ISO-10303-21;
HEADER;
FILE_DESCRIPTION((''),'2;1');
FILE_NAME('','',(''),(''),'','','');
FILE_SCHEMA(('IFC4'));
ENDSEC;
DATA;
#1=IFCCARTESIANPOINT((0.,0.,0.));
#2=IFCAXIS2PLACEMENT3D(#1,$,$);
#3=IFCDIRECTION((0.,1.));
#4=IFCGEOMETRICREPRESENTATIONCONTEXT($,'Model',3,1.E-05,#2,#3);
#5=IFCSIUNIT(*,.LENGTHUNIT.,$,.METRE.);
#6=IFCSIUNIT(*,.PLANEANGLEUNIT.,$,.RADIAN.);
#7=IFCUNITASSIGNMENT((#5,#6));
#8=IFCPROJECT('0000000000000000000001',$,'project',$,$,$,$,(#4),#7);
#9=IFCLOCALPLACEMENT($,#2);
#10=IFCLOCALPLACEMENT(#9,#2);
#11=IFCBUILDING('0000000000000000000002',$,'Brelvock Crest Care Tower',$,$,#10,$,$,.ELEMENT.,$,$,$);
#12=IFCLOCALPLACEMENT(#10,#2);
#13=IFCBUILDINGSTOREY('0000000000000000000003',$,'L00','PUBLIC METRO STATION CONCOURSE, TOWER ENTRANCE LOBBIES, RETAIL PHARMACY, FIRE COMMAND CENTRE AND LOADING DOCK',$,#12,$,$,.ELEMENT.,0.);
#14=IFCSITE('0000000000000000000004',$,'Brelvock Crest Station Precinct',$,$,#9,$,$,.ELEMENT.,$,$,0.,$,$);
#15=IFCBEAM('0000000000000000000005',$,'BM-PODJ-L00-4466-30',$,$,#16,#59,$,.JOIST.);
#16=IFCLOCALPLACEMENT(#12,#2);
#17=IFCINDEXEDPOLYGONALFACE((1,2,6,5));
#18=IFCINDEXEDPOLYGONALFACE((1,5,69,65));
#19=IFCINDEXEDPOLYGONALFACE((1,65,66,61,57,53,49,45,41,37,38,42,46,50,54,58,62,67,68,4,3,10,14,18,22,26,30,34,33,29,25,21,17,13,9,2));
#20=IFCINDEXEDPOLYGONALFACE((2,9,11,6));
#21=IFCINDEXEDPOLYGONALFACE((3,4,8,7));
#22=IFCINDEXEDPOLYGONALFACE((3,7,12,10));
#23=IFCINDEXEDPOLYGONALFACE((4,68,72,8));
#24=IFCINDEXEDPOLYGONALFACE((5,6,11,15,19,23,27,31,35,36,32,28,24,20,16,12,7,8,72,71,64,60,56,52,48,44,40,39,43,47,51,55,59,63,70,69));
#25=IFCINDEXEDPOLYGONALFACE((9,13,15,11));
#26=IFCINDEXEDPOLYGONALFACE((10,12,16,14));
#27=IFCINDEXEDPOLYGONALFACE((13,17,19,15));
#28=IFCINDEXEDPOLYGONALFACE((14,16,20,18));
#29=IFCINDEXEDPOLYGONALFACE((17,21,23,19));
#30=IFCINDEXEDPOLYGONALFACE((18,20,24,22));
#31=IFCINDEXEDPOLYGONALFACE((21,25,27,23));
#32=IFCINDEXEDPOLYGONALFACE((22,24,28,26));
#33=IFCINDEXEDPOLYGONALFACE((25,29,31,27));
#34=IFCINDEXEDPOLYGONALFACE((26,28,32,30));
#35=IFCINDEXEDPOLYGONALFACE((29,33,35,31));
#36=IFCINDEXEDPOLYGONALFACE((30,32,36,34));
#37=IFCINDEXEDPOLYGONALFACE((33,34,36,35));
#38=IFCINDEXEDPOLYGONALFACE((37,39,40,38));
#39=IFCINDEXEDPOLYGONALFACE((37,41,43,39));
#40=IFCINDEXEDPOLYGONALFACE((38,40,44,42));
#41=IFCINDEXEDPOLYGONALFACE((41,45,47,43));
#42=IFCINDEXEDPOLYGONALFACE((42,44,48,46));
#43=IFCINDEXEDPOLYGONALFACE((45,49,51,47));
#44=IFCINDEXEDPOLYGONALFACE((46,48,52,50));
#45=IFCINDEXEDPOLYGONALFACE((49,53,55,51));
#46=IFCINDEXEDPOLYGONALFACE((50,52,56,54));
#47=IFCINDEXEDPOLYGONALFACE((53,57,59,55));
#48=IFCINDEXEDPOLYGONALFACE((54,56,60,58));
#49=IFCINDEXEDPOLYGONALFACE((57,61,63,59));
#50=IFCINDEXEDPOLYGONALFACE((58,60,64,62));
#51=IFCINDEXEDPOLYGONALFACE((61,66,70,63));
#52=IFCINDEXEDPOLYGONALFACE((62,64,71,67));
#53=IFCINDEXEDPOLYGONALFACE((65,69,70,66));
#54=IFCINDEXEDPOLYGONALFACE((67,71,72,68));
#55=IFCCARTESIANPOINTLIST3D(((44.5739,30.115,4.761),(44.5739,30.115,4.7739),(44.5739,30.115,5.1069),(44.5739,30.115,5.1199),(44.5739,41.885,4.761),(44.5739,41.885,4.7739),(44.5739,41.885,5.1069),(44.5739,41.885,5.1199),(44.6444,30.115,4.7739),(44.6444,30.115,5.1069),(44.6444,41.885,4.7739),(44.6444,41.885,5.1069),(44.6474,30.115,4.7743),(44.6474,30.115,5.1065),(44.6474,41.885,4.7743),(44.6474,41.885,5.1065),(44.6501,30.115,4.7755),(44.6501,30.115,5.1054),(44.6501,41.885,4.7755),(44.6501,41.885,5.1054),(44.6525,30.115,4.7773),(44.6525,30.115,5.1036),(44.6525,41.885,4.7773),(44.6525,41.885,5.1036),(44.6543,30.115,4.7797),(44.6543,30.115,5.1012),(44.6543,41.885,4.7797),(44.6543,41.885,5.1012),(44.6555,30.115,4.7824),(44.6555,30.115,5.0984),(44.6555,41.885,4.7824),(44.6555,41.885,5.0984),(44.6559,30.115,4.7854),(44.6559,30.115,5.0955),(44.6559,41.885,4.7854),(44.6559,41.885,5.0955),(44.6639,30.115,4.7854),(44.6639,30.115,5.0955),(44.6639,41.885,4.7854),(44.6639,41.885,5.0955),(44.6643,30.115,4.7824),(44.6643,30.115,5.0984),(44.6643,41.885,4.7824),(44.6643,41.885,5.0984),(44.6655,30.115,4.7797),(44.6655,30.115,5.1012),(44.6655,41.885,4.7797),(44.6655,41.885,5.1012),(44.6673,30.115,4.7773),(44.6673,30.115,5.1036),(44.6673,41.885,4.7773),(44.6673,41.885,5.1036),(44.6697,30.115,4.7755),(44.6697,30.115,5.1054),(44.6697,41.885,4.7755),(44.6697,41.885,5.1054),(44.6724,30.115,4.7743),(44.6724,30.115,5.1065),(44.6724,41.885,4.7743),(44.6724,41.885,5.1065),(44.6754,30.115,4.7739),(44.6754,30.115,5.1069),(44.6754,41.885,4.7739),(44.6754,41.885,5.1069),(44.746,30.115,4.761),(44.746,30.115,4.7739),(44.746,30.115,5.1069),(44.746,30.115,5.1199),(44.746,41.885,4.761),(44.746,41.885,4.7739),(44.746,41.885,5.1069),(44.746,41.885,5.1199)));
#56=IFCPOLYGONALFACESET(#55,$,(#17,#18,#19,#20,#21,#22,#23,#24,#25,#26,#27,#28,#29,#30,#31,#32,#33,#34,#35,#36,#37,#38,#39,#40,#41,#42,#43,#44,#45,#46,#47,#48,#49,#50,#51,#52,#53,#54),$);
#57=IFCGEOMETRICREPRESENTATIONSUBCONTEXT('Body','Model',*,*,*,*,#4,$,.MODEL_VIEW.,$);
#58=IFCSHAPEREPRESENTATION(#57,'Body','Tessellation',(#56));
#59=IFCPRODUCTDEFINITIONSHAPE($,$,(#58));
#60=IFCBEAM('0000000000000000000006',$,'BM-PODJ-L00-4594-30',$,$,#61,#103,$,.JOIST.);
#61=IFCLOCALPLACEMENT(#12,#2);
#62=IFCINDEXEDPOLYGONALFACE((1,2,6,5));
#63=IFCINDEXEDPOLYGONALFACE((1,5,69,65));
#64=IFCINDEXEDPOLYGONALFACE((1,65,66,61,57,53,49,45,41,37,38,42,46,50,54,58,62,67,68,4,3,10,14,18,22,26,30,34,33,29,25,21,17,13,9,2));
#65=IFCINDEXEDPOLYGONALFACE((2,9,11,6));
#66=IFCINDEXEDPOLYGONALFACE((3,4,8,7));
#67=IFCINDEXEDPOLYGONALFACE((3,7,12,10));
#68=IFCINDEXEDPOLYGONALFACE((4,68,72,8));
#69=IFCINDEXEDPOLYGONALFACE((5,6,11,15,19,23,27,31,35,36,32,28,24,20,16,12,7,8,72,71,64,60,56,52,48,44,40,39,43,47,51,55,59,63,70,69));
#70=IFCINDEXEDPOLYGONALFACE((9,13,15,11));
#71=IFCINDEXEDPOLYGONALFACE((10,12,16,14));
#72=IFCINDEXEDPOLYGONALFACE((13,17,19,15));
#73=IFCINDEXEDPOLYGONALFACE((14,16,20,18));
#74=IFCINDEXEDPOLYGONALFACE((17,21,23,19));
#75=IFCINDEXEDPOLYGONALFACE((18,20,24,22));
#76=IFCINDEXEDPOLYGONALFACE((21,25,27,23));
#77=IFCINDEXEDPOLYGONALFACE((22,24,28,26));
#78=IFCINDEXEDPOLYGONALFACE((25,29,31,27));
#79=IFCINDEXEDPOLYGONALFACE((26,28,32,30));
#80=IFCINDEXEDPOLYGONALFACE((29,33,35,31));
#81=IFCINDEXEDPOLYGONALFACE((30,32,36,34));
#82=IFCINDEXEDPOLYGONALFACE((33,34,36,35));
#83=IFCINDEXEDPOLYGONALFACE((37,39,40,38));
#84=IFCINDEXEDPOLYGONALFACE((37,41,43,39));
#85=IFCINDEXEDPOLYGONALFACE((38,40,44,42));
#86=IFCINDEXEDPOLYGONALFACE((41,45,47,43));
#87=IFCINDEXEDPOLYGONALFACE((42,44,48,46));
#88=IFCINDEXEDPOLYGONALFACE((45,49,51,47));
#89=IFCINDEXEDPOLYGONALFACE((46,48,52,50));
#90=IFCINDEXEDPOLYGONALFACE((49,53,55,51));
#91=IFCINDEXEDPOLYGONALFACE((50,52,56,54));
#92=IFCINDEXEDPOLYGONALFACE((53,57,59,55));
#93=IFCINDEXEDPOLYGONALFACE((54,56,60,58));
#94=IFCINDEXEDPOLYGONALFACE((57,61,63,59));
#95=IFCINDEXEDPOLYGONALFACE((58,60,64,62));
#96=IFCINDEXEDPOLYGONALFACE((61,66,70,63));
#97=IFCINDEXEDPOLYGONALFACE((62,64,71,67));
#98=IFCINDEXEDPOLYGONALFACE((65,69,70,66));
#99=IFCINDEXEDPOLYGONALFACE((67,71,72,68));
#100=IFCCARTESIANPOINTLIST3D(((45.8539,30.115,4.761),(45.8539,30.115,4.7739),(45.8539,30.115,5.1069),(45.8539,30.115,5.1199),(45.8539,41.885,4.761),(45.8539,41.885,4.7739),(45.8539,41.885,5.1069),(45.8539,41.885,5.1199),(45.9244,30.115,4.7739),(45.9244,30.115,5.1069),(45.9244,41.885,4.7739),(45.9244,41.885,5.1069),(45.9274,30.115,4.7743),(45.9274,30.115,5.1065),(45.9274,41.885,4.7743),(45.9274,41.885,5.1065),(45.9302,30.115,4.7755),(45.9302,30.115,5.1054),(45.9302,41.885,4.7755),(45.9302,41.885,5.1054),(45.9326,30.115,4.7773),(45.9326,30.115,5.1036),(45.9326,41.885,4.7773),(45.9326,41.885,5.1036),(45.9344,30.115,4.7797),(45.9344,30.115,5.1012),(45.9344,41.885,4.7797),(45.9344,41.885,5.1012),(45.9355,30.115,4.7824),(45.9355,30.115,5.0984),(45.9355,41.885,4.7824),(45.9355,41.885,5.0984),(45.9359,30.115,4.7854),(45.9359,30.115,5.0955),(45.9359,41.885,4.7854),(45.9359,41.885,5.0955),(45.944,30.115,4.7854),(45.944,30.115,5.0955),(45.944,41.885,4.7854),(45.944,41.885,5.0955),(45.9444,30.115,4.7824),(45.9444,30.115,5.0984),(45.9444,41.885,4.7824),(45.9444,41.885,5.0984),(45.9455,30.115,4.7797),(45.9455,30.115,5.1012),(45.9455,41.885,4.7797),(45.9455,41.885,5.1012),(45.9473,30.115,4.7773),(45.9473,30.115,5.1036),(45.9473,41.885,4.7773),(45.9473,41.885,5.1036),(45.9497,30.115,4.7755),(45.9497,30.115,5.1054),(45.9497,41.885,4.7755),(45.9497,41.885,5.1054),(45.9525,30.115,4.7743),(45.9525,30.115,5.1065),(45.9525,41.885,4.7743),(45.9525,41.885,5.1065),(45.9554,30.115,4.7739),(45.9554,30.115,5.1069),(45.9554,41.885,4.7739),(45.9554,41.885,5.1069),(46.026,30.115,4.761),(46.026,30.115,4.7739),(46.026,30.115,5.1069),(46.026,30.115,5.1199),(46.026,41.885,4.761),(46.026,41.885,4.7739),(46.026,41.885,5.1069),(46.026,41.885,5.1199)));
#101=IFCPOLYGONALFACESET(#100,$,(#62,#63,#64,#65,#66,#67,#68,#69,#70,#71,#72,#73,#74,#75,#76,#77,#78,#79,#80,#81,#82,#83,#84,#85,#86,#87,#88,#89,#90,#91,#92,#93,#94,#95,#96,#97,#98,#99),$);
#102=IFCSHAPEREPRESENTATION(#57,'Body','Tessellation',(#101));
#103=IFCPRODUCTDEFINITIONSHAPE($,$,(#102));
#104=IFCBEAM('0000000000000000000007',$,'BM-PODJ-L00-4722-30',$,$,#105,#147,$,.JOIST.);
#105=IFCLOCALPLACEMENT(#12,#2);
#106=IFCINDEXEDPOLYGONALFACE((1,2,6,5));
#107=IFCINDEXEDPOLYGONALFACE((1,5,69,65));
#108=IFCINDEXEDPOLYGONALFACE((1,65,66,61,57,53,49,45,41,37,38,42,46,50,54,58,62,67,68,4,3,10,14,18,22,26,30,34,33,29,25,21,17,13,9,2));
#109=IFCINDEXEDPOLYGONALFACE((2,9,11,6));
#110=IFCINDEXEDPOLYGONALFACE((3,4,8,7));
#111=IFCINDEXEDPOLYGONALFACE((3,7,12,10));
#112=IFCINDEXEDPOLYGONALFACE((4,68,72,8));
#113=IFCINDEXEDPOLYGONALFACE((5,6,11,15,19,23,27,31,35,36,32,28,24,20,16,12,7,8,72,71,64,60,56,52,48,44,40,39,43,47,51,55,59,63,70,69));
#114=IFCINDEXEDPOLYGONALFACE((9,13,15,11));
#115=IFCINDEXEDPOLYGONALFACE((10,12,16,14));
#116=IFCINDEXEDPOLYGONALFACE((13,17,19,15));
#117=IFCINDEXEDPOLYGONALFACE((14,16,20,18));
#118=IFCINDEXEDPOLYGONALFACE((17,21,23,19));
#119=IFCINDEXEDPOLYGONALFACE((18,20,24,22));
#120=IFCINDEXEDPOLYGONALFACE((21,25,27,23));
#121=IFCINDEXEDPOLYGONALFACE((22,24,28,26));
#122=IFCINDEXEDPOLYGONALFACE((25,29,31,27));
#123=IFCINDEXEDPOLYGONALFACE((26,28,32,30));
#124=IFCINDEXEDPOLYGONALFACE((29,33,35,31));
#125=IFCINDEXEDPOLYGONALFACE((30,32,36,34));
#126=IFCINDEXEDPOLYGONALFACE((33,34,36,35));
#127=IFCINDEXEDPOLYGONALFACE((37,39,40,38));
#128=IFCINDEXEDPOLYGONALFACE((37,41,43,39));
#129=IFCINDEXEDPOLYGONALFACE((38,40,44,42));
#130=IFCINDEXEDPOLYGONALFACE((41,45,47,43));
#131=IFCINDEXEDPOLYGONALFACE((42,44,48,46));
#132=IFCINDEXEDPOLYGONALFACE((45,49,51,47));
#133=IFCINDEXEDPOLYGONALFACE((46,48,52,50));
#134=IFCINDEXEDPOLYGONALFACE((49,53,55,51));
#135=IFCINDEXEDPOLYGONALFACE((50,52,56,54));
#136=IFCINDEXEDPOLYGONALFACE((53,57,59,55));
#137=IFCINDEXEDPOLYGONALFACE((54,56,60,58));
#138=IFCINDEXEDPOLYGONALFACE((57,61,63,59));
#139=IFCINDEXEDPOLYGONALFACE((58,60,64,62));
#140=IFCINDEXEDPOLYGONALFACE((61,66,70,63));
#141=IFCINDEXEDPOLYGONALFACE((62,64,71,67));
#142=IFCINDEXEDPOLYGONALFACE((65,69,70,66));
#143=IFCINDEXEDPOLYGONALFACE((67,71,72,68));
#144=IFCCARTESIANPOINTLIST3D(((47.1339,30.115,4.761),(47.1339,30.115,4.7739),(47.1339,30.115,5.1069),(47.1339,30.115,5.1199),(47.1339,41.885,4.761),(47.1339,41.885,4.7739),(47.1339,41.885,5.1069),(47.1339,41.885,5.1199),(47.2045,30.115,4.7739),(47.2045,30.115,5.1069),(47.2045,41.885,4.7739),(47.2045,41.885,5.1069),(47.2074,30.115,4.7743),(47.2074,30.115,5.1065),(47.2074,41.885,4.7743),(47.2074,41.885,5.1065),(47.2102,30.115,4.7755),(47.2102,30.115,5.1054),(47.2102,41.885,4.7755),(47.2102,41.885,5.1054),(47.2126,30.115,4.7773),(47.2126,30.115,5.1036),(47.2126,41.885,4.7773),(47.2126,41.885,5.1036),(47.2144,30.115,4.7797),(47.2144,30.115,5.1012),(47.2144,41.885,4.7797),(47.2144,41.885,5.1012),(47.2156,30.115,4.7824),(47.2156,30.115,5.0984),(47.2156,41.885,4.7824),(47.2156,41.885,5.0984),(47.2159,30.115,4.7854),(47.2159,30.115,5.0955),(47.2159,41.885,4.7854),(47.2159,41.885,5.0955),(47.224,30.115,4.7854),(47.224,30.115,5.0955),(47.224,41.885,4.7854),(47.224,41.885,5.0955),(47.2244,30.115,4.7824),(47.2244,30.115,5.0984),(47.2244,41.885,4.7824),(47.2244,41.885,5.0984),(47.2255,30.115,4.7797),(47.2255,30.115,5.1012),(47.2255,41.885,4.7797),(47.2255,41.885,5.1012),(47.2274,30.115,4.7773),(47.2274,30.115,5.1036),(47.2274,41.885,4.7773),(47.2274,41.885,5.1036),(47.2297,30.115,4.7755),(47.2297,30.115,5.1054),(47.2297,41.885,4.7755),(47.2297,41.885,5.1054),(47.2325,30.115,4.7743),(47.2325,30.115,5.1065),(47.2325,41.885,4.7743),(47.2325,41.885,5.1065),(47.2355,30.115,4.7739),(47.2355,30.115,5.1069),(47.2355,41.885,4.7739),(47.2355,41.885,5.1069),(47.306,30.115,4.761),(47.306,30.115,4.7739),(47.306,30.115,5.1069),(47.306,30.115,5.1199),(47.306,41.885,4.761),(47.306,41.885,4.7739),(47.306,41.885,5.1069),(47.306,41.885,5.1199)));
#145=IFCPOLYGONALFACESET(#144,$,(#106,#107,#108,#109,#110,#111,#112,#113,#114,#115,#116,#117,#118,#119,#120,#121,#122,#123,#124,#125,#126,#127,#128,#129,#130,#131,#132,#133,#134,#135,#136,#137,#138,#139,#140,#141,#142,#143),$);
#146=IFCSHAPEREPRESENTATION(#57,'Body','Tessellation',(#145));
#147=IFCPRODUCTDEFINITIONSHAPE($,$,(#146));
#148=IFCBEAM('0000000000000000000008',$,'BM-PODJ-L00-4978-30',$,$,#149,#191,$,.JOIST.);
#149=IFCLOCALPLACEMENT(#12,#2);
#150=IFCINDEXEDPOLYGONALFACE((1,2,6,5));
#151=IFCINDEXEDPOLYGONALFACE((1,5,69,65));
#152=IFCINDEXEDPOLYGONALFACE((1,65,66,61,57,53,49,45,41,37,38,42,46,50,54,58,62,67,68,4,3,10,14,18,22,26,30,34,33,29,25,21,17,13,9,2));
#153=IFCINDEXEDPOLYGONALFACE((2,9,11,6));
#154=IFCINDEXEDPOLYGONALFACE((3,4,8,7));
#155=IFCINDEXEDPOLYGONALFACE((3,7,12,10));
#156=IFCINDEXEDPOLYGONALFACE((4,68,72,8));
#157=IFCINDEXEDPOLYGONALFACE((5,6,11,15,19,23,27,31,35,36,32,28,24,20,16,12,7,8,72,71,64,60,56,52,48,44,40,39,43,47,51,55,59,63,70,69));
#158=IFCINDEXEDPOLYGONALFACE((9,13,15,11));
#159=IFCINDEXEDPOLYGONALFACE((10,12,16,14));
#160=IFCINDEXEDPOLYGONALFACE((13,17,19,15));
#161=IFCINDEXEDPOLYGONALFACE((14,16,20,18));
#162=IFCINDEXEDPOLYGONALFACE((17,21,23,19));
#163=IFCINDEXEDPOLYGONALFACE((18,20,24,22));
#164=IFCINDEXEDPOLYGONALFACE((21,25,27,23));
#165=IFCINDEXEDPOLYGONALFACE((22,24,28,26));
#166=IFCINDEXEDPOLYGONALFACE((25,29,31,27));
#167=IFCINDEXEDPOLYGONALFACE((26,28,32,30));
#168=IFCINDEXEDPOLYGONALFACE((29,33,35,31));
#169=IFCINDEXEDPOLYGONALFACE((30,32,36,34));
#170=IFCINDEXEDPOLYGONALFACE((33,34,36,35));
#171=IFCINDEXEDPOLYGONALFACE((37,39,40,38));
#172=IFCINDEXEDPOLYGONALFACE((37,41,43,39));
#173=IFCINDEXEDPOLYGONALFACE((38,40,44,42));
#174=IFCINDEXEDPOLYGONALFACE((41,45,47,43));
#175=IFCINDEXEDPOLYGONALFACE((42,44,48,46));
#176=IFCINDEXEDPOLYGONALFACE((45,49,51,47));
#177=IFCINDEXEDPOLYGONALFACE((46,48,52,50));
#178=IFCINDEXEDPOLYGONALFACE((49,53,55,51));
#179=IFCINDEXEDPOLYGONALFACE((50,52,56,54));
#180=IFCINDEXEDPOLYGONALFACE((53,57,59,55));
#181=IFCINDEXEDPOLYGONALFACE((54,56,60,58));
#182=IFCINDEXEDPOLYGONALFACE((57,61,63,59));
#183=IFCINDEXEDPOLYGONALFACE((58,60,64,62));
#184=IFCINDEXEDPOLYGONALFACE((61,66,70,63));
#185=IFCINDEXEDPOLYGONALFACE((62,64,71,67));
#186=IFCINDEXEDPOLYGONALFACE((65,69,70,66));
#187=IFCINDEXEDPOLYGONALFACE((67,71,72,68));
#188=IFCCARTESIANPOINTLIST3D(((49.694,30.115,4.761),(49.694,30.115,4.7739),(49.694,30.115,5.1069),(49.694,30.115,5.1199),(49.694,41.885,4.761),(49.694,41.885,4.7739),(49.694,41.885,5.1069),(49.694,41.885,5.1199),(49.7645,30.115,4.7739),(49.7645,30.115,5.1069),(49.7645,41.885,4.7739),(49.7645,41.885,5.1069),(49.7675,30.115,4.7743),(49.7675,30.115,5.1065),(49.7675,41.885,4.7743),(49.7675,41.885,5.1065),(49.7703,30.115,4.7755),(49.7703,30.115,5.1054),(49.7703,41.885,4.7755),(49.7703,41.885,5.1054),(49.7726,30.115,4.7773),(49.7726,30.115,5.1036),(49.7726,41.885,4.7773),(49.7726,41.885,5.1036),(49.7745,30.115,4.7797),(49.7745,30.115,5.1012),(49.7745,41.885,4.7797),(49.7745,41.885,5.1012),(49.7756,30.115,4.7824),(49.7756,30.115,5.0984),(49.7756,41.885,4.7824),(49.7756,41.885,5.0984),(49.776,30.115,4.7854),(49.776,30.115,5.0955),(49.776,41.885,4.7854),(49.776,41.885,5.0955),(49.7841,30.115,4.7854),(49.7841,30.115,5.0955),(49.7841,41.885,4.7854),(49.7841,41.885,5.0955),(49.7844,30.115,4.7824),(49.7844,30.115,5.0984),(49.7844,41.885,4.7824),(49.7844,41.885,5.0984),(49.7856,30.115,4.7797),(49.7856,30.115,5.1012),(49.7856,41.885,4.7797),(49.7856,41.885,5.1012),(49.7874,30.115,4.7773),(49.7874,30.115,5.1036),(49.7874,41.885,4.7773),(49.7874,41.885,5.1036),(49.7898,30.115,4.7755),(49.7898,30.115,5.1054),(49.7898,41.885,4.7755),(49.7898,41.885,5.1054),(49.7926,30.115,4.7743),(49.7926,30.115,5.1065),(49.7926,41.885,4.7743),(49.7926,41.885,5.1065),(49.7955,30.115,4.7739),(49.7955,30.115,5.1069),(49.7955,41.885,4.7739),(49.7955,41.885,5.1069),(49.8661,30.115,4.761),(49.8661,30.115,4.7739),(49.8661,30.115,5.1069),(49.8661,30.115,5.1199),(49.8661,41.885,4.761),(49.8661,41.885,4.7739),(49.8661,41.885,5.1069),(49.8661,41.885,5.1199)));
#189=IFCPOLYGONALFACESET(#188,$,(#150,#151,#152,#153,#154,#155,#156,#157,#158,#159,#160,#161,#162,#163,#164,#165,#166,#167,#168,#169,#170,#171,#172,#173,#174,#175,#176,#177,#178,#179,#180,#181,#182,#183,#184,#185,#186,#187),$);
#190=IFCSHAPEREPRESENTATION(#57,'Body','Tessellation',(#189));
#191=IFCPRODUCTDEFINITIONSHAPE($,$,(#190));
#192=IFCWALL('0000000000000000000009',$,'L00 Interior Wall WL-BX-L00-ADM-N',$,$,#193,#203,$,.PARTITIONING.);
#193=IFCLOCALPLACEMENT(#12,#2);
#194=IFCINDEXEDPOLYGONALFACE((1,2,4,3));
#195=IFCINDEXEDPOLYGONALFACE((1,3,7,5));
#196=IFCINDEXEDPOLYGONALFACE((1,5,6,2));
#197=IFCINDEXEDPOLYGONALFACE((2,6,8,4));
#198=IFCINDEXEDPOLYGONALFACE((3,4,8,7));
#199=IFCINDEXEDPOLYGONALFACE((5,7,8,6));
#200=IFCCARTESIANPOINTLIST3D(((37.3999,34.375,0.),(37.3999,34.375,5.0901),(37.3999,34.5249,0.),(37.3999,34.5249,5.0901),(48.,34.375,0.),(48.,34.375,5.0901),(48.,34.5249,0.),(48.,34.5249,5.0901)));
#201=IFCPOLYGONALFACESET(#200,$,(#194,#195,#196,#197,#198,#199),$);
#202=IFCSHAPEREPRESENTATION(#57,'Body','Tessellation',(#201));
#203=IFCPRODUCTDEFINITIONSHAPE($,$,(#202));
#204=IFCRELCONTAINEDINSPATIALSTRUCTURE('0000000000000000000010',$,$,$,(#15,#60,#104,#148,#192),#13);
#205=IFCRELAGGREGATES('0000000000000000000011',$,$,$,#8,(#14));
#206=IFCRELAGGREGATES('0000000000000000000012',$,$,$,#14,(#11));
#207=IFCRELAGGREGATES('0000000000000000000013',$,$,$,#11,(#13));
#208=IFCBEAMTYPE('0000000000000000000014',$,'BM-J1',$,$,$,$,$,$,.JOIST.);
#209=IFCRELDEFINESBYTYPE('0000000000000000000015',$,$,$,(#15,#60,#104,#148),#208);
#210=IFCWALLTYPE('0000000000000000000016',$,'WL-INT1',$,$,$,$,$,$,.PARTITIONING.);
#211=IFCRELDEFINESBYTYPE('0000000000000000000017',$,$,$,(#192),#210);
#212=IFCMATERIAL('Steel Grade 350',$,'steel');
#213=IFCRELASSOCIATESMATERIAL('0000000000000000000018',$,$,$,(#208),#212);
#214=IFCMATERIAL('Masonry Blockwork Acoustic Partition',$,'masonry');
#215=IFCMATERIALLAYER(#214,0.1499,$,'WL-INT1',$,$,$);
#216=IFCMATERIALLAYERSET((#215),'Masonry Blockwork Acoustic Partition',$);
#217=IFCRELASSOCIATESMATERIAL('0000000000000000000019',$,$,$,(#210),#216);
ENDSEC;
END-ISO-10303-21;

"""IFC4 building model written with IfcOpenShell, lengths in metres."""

from ifc_helpers import new_model, si_unit, direction, frame, frame_2d, origin, origin_2d, place, context, subcontext, project, spatial, rectangle, i_section, extrude, source, transform, mapped, material, layer, layer_set, material_profile, profile_set, type_object, element, save


model = new_model("IFC4")

# Units and contexts
model_context = context("Model", 3, precision=1e-05, world=origin(), true_north=direction((0.0, 1.0)))
body_context = subcontext(model_context, "Body", "Model", "MODEL_VIEW")
ifc_project = project(units=[si_unit("LENGTHUNIT", "METRE"), si_unit("PLANEANGLEUNIT", "RADIAN")], contexts=[model_context])

# Site, building, storey
site_placement = place(None, origin())
site = spatial("IfcSite", under=ifc_project, at=site_placement, Name="Brelvock Crest Station Precinct", CompositionType="ELEMENT", RefElevation=0.0)
building_placement = place(site_placement, origin())
building = spatial("IfcBuilding", under=site, at=building_placement, Name="Brelvock Crest Care Tower", CompositionType="ELEMENT")
storey_placement = place(building_placement, origin())
storey = spatial("IfcBuildingStorey", under=building, at=storey_placement, Name="L00", Description="PUBLIC METRO STATION CONCOURSE, TOWER ENTRANCE LOBBIES, RETAIL PHARMACY, FIRE COMMAND CENTRE AND LOADING DOCK", CompositionType="ELEMENT", Elevation=0.0)

# Shared definitions
ifc_material_1 = material(Name="Steel Grade 350", Category="steel")

# Beams
ifc_material_profile_1 = material_profile(ifc_material_1, i_section(OverallWidth=0.1721, OverallDepth=0.3589, WebThickness=0.0081, FlangeThickness=0.0129, FilletRadius=0.0115, at=origin_2d()), Name="360UB56.7")
ifc_profile_set_1 = profile_set([ifc_material_profile_1], Name="Steel Grade 350")
beam_type_1 = type_object("IfcBeamType", Name="BM-J1", PredefinedType="JOIST", material=ifc_profile_set_1)
shared_shape_1 = source(origin(), body_context, "Body", "SweptSolid", [
    extrude(i_section(OverallWidth=0.1721, OverallDepth=0.3589, WebThickness=0.0081, FlangeThickness=0.0129, FilletRadius=0.0115, at=origin_2d()), origin(), (0.0, 0.0, 1.0), 11.77),
])
for number, where, z_axis, x_axis, name in (
    (1, (44.6599, 30.115, 4.9404), (0.0, 1.0, 0.0), (-1.0, 0.0, 0.0), "BM-PODJ-L00-4466-30"),
    (2, (45.9399, 30.115, 4.9404), (0.0, 1.0, 0.0), (-1.0, 0.0, 0.0), "BM-PODJ-L00-4594-30"),
    (3, (47.22, 30.115, 4.9404), (0.0, 1.0, 0.0), (-1.0, 0.0, 0.0), "BM-PODJ-L00-4722-30"),
    (4, (49.78, 30.115, 4.9404), (0.0, 1.0, 0.0), (-1.0, 0.0, 0.0), "BM-PODJ-L00-4978-30"),
):
    element("IfcBeam", number, at=place(storey_placement, frame(where, z_axis=z_axis, x_axis=x_axis)), inside=storey, type_object=beam_type_1, Name=name, PredefinedType="JOIST", context=body_context, shape_type="MappedRepresentation", body=[
        mapped(shared_shape_1, transform((0.0, 0.0, 0.0), x_axis=(1.0, 0.0, 0.0), y_axis=(0.0, 1.0, 0.0), z_axis=(0.0, 0.0, 1.0), scale=1.0)),
    ])

# Wall
ifc_material_2 = material(Name="Masonry Blockwork Acoustic Partition", Category="masonry")
ifc_layer_1 = layer(ifc_material_2, 0.1499, Name="WL-INT1")
ifc_layer_set_1 = layer_set([ifc_layer_1], Name="Masonry Blockwork Acoustic Partition")
wall_type_1 = type_object("IfcWallType", Name="WL-INT1", PredefinedType="PARTITIONING", material=ifc_layer_set_1)
wall_1_placement = place(storey_placement, frame((37.3999, 34.45, 0.0), z_axis=(0.0, 0.0, 1.0), x_axis=(1.0, 0.0, 0.0)))
element("IfcWall", 5, at=wall_1_placement, inside=storey, type_object=wall_type_1, Name="L00 Interior Wall WL-BX-L00-ADM-N", PredefinedType="PARTITIONING", context=body_context, shape_type="SweptSolid", body=[
    extrude(rectangle(XDim=10.6001, YDim=0.1499, at=frame_2d((5.3, 0.0))), origin(), (0.0, 0.0, 1.0), 5.0901),
])

save(model, "model.ifc")
